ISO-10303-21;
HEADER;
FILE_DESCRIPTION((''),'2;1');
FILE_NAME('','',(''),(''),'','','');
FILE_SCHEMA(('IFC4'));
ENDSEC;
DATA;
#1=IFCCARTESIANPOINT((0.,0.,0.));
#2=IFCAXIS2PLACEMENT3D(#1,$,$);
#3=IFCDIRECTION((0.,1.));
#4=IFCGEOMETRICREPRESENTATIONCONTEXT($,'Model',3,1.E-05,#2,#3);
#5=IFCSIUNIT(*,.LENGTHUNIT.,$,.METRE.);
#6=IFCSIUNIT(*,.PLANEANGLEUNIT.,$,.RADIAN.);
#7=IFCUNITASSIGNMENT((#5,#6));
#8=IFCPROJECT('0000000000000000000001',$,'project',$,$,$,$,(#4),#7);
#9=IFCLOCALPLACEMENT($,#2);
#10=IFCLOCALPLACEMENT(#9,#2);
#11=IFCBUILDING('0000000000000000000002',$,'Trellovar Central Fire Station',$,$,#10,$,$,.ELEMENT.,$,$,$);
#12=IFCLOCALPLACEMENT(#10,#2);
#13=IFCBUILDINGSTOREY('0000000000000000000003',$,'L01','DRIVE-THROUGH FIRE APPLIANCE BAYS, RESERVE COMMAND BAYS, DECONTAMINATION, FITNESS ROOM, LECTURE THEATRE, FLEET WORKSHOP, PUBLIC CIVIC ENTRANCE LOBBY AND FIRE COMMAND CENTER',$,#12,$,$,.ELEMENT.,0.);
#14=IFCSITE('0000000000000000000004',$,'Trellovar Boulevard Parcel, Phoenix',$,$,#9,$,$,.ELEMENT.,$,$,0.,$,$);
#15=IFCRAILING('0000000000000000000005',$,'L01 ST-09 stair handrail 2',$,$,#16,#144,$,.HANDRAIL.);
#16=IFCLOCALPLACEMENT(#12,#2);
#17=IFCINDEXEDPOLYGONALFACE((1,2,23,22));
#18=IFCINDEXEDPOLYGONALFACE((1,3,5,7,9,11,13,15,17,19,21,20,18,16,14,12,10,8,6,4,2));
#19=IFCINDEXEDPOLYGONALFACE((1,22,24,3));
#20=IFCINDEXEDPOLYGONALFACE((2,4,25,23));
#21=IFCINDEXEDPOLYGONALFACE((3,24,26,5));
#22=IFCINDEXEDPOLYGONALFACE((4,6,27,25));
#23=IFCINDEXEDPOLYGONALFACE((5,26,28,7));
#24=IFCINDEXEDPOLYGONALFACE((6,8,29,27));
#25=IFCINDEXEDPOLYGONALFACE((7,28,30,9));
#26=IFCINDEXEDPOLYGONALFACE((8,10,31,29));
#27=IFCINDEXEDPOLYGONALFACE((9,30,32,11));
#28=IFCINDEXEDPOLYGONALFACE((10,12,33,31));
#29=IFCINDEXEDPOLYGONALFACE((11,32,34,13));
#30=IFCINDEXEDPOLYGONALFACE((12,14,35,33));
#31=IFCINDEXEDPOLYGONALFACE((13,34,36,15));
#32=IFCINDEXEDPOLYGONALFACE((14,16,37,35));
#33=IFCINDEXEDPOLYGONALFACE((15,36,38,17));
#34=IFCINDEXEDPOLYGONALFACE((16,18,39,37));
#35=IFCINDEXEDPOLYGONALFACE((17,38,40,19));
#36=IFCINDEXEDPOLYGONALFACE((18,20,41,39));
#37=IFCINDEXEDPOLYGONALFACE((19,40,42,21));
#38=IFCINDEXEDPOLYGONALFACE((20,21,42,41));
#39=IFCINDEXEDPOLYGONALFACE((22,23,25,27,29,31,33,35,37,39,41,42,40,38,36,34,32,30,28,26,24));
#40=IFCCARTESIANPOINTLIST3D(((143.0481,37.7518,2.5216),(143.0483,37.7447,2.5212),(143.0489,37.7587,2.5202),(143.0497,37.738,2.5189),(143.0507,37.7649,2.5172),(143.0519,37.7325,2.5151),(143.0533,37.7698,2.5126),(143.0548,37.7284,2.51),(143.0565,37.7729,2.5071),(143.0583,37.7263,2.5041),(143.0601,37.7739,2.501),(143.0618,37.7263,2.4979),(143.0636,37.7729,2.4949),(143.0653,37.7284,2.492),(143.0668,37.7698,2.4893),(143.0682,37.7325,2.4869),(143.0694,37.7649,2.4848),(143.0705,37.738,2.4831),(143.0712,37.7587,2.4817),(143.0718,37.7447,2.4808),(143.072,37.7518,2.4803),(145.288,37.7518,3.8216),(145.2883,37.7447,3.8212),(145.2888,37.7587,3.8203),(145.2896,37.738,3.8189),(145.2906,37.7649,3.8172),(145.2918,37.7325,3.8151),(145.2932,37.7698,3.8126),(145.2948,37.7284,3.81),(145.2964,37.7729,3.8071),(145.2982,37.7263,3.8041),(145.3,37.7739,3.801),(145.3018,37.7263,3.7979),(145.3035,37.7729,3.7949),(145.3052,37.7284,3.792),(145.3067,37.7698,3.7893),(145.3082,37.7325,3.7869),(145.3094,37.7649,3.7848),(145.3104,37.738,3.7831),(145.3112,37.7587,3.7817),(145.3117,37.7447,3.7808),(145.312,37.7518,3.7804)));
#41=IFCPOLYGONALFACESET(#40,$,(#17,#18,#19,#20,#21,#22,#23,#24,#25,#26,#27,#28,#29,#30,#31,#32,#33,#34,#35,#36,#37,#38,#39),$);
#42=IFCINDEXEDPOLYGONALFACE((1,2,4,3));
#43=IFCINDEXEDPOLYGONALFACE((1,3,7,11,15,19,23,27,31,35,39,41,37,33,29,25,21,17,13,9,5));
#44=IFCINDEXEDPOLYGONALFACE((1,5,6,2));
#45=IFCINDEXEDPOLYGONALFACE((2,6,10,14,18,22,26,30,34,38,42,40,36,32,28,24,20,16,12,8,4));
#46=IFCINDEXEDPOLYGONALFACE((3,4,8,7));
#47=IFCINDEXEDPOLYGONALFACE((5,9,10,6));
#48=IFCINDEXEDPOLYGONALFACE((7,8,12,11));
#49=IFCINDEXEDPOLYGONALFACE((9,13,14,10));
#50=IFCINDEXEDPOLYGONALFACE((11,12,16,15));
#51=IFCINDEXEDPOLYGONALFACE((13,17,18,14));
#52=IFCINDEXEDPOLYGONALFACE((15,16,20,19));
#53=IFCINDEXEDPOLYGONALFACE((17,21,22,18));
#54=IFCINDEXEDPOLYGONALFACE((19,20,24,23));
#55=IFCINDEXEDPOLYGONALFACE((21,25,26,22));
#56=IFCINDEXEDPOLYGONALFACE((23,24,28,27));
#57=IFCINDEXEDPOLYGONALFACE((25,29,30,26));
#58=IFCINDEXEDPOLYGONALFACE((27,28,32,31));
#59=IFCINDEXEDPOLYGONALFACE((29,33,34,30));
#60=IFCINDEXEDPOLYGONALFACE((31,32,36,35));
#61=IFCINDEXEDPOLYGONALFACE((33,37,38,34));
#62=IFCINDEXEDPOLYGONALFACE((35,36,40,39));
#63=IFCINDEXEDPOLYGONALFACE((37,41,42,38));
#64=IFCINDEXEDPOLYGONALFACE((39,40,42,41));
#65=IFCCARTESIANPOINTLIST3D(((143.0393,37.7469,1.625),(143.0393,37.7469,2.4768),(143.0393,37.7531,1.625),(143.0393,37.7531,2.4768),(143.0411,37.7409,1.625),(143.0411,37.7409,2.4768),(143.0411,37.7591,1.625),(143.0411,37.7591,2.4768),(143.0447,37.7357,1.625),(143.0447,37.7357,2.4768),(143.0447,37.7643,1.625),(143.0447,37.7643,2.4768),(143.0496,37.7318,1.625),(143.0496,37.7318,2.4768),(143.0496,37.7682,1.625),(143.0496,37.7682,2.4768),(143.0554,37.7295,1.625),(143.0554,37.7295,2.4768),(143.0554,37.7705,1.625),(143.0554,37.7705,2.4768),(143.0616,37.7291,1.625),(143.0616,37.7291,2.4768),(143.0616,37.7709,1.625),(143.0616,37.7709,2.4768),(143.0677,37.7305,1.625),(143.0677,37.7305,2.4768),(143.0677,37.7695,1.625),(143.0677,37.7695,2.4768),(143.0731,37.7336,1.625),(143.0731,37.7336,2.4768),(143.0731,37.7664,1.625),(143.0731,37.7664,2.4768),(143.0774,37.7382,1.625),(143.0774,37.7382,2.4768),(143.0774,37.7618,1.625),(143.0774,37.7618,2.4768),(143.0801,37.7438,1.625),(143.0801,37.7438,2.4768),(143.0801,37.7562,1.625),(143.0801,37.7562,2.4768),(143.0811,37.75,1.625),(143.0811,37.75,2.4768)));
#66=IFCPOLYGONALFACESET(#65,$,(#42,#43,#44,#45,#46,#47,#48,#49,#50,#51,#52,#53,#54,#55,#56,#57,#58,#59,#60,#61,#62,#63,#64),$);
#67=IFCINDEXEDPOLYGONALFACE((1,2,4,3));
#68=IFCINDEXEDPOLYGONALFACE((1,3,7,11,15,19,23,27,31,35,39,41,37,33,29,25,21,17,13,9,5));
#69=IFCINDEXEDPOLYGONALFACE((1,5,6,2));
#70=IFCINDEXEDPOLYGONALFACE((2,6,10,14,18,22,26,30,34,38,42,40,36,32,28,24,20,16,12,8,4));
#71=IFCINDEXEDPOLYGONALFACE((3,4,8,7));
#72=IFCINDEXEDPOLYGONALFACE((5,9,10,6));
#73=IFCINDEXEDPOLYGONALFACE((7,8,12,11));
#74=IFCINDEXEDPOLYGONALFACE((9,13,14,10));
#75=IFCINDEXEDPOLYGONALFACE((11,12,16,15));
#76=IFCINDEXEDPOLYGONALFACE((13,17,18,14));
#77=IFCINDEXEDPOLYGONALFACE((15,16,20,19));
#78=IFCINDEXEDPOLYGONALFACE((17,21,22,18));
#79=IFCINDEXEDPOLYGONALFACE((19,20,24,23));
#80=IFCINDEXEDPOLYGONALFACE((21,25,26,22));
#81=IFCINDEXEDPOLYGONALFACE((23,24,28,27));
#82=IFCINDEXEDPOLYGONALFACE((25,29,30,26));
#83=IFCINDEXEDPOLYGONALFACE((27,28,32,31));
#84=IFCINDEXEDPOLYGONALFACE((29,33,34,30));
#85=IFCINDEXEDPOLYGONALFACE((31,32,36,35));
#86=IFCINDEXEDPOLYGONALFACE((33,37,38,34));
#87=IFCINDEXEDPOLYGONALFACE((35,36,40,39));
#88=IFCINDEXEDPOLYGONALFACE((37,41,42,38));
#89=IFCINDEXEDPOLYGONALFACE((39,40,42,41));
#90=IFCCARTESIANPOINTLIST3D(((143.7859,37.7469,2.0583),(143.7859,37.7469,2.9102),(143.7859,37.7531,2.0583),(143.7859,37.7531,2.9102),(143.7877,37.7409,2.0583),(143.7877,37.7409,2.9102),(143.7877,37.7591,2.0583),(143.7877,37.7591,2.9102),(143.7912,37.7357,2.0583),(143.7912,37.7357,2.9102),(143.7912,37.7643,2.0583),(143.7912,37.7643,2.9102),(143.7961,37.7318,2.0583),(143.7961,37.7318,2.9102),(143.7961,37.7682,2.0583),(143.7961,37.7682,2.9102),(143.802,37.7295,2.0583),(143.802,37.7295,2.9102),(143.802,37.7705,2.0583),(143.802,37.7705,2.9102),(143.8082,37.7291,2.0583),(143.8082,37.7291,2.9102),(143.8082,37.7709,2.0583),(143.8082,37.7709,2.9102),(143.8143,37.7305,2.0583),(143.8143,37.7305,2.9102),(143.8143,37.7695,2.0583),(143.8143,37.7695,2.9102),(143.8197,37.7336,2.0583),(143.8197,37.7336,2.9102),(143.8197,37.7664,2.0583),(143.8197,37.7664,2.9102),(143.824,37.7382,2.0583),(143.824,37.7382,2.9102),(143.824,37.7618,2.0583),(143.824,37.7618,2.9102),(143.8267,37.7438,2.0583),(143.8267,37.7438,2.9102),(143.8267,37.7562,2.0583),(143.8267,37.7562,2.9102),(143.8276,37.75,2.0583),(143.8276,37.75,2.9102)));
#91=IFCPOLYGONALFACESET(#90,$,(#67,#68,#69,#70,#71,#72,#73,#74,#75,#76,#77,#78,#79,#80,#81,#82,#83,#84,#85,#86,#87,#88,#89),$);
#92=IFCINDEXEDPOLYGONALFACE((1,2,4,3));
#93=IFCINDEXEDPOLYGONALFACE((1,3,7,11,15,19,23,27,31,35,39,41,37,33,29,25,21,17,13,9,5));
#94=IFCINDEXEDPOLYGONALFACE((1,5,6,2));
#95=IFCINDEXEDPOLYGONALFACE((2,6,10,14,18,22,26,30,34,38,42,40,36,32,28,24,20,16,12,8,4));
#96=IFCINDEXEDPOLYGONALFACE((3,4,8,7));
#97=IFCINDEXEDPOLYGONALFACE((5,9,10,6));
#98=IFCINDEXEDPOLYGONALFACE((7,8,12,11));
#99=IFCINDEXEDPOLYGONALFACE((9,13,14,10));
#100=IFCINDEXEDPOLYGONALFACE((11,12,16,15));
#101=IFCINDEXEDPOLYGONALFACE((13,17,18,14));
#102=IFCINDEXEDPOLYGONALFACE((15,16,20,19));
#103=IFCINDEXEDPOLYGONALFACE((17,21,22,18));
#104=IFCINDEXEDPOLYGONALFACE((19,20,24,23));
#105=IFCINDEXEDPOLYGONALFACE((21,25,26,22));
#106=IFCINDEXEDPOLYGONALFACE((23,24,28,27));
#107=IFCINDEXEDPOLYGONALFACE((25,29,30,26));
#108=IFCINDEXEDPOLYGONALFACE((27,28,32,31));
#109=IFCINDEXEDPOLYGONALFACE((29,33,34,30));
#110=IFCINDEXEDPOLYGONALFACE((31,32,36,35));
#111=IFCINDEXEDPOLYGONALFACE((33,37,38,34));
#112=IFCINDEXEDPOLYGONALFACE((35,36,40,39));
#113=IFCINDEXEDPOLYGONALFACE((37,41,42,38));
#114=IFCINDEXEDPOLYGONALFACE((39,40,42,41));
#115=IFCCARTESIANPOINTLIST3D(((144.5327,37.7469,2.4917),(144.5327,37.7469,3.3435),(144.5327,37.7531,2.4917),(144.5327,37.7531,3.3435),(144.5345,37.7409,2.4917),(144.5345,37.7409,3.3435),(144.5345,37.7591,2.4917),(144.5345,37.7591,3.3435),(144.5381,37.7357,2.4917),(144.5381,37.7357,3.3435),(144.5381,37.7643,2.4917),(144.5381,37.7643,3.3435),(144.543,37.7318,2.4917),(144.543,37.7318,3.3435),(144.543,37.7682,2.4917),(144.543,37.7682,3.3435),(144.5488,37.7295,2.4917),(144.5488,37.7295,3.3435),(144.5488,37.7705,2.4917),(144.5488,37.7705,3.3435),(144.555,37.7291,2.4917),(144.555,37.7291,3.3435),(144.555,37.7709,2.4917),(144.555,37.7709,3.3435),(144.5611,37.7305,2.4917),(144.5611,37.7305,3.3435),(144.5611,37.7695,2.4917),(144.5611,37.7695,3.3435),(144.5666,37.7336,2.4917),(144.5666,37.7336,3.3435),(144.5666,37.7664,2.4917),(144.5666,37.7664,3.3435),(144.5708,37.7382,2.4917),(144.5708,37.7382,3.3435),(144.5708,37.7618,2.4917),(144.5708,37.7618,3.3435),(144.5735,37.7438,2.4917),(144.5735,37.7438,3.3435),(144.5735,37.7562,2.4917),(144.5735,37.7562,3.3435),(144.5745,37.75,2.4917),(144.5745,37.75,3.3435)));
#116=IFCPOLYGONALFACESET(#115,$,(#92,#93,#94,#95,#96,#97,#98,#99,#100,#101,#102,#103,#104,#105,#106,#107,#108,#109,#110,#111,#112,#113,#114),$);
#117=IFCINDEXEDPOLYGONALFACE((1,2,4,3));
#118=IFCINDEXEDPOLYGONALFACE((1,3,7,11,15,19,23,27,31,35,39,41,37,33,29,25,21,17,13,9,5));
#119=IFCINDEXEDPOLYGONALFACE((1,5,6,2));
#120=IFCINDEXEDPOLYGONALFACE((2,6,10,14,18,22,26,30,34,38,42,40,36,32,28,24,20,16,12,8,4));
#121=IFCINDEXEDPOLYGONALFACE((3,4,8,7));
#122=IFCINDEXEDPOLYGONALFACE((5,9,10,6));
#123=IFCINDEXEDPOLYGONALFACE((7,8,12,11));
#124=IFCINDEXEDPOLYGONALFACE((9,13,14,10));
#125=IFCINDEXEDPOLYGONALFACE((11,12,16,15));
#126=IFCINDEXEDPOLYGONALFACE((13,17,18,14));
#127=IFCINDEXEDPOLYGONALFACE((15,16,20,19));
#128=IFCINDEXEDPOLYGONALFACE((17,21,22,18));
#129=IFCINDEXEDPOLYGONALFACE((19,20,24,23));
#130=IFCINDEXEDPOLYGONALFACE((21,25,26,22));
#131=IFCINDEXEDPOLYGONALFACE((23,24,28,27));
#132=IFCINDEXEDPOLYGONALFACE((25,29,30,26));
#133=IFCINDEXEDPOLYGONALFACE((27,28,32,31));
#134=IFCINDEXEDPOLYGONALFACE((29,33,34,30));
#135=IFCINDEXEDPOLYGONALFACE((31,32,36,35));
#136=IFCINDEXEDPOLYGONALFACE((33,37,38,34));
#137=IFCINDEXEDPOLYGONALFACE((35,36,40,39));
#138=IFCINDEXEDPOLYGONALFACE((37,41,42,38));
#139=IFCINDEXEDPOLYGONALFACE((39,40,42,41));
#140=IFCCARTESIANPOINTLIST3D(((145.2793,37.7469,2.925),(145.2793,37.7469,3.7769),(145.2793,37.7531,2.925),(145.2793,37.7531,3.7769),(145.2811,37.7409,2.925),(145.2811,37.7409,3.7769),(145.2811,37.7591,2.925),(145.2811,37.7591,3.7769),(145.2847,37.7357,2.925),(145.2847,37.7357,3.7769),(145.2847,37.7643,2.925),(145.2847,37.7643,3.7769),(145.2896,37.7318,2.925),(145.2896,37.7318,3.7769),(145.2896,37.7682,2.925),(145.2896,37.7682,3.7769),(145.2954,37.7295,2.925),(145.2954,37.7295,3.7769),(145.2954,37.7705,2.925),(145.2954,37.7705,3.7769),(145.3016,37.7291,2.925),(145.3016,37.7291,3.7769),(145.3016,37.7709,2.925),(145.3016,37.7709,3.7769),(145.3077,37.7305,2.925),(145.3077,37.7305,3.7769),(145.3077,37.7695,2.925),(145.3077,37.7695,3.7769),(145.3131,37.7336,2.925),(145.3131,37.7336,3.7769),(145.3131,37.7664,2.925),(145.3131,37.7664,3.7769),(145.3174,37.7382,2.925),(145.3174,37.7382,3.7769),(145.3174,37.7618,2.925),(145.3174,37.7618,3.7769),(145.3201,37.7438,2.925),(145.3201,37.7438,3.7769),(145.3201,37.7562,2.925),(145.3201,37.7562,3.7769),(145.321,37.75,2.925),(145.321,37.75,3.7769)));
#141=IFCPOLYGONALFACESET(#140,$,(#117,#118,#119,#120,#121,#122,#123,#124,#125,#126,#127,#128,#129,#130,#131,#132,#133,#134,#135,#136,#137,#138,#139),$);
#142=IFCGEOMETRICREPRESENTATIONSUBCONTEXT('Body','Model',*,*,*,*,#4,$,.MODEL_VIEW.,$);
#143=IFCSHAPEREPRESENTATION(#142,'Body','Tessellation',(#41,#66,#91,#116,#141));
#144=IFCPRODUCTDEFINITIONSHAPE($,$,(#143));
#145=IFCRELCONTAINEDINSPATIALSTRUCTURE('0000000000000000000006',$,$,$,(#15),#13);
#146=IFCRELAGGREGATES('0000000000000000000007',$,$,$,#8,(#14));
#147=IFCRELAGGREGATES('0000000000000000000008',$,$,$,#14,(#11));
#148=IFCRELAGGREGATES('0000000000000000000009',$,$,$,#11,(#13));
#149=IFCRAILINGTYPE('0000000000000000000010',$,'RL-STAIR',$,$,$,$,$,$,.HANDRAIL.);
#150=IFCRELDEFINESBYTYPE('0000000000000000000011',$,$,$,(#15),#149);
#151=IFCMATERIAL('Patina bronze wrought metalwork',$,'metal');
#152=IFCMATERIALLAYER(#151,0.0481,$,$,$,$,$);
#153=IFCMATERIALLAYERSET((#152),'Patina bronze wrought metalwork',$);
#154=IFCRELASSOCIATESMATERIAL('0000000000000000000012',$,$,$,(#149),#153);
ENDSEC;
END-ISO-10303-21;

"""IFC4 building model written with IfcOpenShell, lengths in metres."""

from ifc_helpers import new_model, si_unit, direction, frame, origin, origin_2d, place, context, subcontext, project, spatial, circle, extrude, material, layer, layer_set, type_object, element, save


model = new_model("IFC4")

# Units and contexts
model_context = context("Model", 3, precision=1e-05, world=origin(), true_north=direction((0.0, 1.0)))
body_context = subcontext(model_context, "Body", "Model", "MODEL_VIEW")
ifc_project = project(units=[si_unit("LENGTHUNIT", "METRE"), si_unit("PLANEANGLEUNIT", "RADIAN")], contexts=[model_context])

# Site, building, storey
site_placement = place(None, origin())
site = spatial("IfcSite", under=ifc_project, at=site_placement, Name="Trellovar Boulevard Parcel, Phoenix", CompositionType="ELEMENT", RefElevation=0.0)
building_placement = place(site_placement, origin())
building = spatial("IfcBuilding", under=site, at=building_placement, Name="Trellovar Central Fire Station", CompositionType="ELEMENT")
storey_placement = place(building_placement, origin())
storey = spatial("IfcBuildingStorey", under=building, at=storey_placement, Name="L01", Description="DRIVE-THROUGH FIRE APPLIANCE BAYS, RESERVE COMMAND BAYS, DECONTAMINATION, FITNESS ROOM, LECTURE THEATRE, FLEET WORKSHOP, PUBLIC CIVIC ENTRANCE LOBBY AND FIRE COMMAND CENTER", CompositionType="ELEMENT", Elevation=0.0)

# Railing
ifc_material_1 = material(Name="Patina bronze wrought metalwork", Category="metal")
ifc_layer_1 = layer(ifc_material_1, 0.0481)
ifc_layer_set_1 = layer_set([ifc_layer_1], Name="Patina bronze wrought metalwork")
railing_type_1 = type_object("IfcRailingType", Name="RL-STAIR", PredefinedType="HANDRAIL", material=ifc_layer_set_1)
for number, where, name in (
    (1, (143.0601, 37.75, 1.625), "L01 ST-09 stair handrail 2"),
):
    element("IfcRailing", number, at=place(storey_placement, frame(where)), inside=storey, type_object=railing_type_1, Name=name, PredefinedType="HANDRAIL", context=body_context, shape_type="SweptSolid", body=[
        extrude(circle(Radius=0.0239, at=origin_2d()), frame((0.0, 0.0, 0.876), z_axis=(0.864888, 0.0, 0.501965), x_axis=(0.0, 1.0, 0.0)), (0.0, 0.0, 1.0), 2.5898),
        extrude(circle(Radius=0.021, at=origin_2d()), origin(), (0.0, 0.0, 1.0), 0.8518),
        extrude(circle(Radius=0.021, at=origin_2d()), frame((0.7466, 0.0, 0.4333)), (0.0, 0.0, 1.0), 0.8518),
        extrude(circle(Radius=0.021, at=origin_2d()), frame((1.4934, 0.0, 0.8667)), (0.0, 0.0, 1.0), 0.8518),
        extrude(circle(Radius=0.021, at=origin_2d()), frame((2.24, 0.0, 1.3)), (0.0, 0.0, 1.0), 0.8518),
    ])

save(model, "model.ifc")
